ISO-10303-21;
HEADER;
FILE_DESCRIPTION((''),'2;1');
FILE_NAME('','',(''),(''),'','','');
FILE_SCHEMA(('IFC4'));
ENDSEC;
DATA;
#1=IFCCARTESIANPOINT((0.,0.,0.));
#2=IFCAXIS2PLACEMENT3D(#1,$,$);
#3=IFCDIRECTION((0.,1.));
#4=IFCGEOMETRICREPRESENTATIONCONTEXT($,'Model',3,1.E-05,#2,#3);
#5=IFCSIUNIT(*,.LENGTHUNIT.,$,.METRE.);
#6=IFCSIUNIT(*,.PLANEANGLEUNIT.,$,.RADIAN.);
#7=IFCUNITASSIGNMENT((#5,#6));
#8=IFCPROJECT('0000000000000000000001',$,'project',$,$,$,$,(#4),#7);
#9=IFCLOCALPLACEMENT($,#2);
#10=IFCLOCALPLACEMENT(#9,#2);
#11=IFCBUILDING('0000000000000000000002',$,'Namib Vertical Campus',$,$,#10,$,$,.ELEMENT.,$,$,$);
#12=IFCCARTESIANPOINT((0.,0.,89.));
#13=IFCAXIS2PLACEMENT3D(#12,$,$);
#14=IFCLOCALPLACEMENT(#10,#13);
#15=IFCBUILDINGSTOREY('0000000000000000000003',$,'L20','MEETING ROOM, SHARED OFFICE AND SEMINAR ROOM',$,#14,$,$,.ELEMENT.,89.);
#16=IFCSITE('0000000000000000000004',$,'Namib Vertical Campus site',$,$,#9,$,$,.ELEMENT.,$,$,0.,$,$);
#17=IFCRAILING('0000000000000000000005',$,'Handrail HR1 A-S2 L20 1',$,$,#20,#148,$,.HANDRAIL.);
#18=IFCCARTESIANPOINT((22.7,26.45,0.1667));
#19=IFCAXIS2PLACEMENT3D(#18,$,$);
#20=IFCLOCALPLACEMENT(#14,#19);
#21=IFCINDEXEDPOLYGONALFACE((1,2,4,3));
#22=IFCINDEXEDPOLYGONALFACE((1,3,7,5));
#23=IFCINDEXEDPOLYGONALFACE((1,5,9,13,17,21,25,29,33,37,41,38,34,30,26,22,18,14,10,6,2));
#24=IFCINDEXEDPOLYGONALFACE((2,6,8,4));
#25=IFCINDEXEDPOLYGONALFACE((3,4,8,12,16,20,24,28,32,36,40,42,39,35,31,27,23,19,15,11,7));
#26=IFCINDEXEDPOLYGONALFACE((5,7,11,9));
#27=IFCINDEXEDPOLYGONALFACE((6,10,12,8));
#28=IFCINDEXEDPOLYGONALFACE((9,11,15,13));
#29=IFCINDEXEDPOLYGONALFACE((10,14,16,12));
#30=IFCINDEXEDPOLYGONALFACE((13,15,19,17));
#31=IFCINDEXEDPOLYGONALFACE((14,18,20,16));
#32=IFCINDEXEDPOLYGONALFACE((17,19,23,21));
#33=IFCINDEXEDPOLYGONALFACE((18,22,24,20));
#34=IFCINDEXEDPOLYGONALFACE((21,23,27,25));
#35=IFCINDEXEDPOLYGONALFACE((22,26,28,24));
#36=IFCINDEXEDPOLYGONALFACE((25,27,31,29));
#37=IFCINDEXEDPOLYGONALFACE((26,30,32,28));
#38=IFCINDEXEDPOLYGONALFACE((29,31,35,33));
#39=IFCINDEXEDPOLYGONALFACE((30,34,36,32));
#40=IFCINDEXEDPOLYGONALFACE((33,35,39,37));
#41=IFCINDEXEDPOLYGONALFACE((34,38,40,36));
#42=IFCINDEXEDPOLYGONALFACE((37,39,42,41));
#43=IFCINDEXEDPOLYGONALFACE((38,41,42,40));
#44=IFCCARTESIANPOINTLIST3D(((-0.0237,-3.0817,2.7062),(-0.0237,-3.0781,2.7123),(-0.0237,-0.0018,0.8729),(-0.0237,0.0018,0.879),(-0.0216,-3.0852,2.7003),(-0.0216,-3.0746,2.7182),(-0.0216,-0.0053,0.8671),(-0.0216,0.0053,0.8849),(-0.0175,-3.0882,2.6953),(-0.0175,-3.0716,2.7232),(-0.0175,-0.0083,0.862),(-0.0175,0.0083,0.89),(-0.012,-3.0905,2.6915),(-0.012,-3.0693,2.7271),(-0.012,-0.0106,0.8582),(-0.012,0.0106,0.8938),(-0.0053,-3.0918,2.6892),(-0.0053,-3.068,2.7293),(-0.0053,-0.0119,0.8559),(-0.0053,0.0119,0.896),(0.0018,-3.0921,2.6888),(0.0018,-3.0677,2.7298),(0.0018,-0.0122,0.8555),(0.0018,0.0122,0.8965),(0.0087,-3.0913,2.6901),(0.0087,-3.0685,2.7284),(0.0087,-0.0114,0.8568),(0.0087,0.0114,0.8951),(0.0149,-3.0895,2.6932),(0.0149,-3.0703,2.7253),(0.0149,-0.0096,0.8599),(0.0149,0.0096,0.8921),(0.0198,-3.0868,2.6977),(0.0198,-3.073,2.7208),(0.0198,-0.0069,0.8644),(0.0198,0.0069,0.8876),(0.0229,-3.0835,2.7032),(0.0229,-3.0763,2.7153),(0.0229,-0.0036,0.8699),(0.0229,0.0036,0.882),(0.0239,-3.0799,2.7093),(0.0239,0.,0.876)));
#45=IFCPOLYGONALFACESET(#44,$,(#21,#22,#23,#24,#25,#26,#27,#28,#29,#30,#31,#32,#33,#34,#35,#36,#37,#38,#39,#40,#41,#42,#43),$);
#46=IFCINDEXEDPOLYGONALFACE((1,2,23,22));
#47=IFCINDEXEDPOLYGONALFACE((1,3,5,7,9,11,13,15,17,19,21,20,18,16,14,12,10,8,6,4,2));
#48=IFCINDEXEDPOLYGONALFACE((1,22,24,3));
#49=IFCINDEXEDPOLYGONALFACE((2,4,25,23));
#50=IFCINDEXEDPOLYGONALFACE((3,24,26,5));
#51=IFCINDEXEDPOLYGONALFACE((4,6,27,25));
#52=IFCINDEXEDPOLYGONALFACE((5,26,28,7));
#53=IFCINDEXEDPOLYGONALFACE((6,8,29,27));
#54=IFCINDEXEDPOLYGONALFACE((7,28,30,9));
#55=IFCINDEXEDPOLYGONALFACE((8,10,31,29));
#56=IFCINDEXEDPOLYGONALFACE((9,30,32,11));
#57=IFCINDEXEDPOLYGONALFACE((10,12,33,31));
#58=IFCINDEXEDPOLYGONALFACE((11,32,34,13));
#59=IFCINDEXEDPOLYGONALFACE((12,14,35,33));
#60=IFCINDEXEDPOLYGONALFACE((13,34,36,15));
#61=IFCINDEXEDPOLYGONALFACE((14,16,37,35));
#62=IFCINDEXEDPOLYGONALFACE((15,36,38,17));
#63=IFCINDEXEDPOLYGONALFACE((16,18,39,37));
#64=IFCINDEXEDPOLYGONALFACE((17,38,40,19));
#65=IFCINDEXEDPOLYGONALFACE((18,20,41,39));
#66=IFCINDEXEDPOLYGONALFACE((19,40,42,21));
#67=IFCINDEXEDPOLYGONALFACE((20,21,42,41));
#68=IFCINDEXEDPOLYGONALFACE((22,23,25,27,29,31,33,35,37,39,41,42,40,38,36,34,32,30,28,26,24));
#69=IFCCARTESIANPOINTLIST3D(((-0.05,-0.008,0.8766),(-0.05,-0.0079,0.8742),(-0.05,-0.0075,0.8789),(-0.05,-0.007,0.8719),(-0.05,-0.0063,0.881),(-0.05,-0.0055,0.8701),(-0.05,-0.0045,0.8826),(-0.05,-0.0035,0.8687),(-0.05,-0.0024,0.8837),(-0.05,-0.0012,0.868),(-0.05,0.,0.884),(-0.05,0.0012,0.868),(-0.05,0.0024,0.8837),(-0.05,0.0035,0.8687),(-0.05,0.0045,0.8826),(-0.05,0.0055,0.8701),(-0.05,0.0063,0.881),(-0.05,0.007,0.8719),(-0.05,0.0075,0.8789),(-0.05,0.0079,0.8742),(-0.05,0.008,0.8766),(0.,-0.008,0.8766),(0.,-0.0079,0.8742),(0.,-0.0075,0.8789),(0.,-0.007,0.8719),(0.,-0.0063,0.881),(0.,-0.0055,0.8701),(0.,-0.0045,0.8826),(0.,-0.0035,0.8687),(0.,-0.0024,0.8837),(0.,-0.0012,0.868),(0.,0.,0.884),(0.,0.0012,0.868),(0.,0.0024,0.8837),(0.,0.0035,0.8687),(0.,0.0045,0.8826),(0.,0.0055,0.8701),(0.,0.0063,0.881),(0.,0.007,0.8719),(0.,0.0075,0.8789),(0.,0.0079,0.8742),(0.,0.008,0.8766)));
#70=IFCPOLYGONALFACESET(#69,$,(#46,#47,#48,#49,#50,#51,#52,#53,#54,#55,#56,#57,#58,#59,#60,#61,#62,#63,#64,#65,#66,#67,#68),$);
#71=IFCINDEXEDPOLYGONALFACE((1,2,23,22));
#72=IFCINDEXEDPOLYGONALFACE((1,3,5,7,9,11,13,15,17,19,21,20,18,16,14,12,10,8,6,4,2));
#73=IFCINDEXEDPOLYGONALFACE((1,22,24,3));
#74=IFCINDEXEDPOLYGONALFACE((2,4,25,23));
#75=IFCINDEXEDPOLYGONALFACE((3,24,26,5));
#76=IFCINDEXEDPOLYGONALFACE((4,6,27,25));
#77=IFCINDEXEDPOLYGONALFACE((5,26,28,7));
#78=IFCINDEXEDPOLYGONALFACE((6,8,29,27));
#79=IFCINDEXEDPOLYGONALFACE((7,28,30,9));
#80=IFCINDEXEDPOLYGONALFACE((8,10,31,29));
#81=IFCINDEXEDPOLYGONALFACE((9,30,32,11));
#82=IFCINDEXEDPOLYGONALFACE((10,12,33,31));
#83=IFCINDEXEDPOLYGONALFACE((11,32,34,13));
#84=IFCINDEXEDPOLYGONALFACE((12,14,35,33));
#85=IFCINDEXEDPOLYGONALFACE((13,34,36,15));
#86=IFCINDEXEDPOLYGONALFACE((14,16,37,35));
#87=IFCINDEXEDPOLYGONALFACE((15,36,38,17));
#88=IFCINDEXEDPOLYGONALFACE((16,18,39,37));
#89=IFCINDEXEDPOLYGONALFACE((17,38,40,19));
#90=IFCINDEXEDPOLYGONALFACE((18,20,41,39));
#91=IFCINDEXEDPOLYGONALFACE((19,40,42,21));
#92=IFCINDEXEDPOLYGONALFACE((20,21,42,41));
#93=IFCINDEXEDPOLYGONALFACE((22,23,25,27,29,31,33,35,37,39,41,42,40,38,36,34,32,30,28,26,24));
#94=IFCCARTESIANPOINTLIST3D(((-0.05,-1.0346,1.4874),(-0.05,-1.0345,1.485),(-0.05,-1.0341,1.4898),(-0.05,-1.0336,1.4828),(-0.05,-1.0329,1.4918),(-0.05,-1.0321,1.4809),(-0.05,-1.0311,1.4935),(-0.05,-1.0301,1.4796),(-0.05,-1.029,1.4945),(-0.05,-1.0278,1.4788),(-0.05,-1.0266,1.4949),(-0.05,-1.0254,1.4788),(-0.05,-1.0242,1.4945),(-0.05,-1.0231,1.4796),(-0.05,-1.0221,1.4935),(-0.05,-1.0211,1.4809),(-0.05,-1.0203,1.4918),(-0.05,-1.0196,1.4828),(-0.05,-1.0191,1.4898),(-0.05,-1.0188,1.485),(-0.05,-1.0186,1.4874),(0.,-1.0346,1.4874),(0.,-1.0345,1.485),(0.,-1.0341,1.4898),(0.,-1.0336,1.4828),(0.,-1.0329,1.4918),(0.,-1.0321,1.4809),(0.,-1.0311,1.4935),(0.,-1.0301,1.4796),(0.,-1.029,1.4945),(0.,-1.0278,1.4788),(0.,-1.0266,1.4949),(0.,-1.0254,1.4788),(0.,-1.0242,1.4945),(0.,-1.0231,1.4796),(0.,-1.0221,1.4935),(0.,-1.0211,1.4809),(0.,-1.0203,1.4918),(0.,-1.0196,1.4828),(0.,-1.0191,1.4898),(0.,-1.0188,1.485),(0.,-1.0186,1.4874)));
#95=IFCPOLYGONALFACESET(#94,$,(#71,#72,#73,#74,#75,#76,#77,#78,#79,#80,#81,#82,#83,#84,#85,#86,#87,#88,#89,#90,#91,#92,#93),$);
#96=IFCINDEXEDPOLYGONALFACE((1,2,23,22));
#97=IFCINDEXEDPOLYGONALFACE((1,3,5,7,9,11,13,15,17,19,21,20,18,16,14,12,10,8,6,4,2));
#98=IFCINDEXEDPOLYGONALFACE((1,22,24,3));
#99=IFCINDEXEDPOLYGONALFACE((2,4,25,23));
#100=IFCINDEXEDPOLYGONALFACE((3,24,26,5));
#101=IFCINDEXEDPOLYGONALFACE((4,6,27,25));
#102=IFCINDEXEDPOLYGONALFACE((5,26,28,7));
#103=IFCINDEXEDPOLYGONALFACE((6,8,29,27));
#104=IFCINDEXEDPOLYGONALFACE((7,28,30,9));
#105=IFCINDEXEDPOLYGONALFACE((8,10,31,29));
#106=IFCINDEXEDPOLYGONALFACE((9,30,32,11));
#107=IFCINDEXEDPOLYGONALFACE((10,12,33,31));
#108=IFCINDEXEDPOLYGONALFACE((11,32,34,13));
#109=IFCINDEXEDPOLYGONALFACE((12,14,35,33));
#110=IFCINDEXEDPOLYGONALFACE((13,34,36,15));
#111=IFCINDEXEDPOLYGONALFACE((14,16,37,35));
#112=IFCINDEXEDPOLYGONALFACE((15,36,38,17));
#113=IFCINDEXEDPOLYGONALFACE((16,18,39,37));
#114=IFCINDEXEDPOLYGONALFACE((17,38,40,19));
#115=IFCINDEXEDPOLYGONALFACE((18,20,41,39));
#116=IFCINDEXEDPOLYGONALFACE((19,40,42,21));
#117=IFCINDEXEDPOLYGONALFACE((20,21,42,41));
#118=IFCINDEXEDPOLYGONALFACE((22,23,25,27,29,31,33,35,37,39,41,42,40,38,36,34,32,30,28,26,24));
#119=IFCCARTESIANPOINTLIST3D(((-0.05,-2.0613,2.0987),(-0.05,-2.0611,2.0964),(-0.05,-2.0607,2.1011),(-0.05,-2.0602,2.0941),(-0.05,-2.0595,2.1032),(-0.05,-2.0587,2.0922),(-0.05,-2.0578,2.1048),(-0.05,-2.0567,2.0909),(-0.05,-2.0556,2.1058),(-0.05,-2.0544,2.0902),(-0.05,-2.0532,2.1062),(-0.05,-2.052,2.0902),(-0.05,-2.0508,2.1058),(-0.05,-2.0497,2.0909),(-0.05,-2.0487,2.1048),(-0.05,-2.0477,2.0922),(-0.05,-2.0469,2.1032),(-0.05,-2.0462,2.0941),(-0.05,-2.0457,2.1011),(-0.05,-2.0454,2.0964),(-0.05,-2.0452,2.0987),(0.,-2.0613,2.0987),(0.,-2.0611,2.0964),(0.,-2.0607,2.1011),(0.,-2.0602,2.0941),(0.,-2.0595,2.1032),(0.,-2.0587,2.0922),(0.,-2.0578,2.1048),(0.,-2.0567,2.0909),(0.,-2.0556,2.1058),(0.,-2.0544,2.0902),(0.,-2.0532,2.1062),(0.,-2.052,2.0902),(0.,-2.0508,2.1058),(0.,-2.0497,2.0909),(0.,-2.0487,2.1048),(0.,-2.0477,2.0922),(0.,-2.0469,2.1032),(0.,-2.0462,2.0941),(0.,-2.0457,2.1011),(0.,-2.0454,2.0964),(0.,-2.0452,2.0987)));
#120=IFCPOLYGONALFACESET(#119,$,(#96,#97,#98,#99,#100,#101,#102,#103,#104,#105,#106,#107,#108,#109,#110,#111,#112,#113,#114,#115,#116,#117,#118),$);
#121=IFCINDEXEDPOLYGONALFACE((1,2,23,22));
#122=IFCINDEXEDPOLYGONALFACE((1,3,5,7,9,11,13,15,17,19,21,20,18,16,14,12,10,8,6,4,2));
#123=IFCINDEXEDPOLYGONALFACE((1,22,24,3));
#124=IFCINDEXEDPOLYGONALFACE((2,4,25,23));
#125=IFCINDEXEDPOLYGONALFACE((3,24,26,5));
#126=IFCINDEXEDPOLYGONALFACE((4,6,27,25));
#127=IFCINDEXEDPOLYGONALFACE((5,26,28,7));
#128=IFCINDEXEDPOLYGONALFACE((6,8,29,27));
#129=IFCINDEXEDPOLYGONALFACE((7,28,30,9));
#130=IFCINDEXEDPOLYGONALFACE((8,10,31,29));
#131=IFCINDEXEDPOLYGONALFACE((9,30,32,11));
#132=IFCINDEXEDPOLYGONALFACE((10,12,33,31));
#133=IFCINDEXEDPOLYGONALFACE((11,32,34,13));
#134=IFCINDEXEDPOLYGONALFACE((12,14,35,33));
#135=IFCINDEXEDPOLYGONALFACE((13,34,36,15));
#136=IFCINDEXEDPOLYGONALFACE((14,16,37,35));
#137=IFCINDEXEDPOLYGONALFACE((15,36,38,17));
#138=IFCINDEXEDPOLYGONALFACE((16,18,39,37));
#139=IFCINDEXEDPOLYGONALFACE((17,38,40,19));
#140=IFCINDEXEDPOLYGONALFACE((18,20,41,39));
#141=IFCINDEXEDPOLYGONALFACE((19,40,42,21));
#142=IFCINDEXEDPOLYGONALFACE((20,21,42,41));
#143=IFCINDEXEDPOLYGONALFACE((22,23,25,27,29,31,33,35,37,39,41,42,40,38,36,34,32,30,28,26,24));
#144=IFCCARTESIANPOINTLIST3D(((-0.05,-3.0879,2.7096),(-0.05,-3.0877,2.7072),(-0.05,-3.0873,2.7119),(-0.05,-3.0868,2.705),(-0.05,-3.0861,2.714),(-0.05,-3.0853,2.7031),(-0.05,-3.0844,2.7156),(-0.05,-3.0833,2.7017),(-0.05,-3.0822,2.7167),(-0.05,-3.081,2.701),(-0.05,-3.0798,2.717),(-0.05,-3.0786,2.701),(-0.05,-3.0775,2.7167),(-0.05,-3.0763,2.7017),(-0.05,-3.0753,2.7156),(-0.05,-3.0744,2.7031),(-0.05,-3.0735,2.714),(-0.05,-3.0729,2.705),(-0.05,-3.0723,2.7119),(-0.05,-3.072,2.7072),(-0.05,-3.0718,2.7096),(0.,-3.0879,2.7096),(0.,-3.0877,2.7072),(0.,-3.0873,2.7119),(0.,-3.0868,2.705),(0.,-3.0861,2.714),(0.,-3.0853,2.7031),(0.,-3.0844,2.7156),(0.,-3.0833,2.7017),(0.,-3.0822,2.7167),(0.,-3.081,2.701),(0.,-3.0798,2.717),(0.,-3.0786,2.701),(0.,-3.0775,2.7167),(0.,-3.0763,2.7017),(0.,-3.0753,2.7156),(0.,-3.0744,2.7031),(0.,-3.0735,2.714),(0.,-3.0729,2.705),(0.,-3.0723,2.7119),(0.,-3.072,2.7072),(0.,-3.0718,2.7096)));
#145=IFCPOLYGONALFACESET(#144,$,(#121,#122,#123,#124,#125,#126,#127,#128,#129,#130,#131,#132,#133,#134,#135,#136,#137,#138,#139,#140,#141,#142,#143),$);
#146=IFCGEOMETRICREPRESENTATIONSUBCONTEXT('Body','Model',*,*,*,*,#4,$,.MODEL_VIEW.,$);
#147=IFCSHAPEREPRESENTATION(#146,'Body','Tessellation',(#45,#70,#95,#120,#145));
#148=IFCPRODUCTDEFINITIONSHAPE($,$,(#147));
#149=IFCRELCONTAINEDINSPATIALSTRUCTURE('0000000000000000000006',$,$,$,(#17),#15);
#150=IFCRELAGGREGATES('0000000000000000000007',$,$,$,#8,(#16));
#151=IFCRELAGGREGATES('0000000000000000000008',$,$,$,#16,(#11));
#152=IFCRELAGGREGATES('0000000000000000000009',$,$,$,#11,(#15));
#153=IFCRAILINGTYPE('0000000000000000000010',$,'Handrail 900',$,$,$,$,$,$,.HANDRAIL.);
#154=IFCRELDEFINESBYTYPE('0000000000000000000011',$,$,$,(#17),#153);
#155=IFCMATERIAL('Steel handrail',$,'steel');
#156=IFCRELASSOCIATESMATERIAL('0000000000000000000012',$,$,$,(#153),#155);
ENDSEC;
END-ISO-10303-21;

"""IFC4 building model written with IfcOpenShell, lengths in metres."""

from ifc_helpers import new_model, si_unit, direction, frame, origin, origin_2d, place, context, subcontext, project, spatial, circle, extrude, material, type_object, element, save


model = new_model("IFC4")

# Units and contexts
model_context = context("Model", 3, precision=1e-05, world=origin(), true_north=direction((0.0, 1.0)))
body_context = subcontext(model_context, "Body", "Model", "MODEL_VIEW")
ifc_project = project(units=[si_unit("LENGTHUNIT", "METRE"), si_unit("PLANEANGLEUNIT", "RADIAN")], contexts=[model_context])

# Site, building, storey
site_placement = place(None, origin())
site = spatial("IfcSite", under=ifc_project, at=site_placement, Name="Namib Vertical Campus site", CompositionType="ELEMENT", RefElevation=0.0)
building_placement = place(site_placement, origin())
building = spatial("IfcBuilding", under=site, at=building_placement, Name="Namib Vertical Campus", CompositionType="ELEMENT")
storey_placement = place(building_placement, frame((0.0, 0.0, 89.0)))
storey = spatial("IfcBuildingStorey", under=building, at=storey_placement, Name="L20", Description="MEETING ROOM, SHARED OFFICE AND SEMINAR ROOM", CompositionType="ELEMENT", Elevation=89.0)

# Railing
ifc_material_1 = material(Name="Steel handrail", Category="steel")
railing_type_1 = type_object("IfcRailingType", Name="Handrail 900", PredefinedType="HANDRAIL", material=ifc_material_1)
railing_1_placement = place(storey_placement, frame((22.7, 26.45, 0.1667)))
element("IfcRailing", 1, at=railing_1_placement, inside=storey, type_object=railing_type_1, Name="Handrail HR1 A-S2 L20 1", PredefinedType="HANDRAIL", context=body_context, shape_type="SweptSolid", body=[
    extrude(circle(Radius=0.0239, at=origin_2d()), frame((0.0, 0.0, 0.876), z_axis=(0.0, -0.859291, 0.511487), x_axis=(1.0, 0.0, 0.0)), (0.0, 0.0, 1.0), 3.5842),
    extrude(circle(Radius=0.0081, at=origin_2d()), frame((0.0, 0.0, 0.876), z_axis=(-1.0, 0.0, 0.0), x_axis=(0.0, 0.0, 1.0)), (0.0, 0.0, 1.0), 0.05),
    extrude(circle(Radius=0.0081, at=origin_2d()), frame((0.0, -1.0266, 1.4868), z_axis=(-1.0, 0.0, 0.0), x_axis=(0.0, 0.0, 1.0)), (0.0, 0.0, 1.0), 0.05),
    extrude(circle(Radius=0.0081, at=origin_2d()), frame((0.0, -2.0532, 2.0981), z_axis=(-1.0, 0.0, 0.0), x_axis=(0.0, 0.0, 1.0)), (0.0, 0.0, 1.0), 0.05),
    extrude(circle(Radius=0.0081, at=origin_2d()), frame((0.0, -3.0798, 2.709), z_axis=(-1.0, 0.0, 0.0), x_axis=(0.0, 0.0, 1.0)), (0.0, 0.0, 1.0), 0.05),
])

save(model, "model.ifc")
